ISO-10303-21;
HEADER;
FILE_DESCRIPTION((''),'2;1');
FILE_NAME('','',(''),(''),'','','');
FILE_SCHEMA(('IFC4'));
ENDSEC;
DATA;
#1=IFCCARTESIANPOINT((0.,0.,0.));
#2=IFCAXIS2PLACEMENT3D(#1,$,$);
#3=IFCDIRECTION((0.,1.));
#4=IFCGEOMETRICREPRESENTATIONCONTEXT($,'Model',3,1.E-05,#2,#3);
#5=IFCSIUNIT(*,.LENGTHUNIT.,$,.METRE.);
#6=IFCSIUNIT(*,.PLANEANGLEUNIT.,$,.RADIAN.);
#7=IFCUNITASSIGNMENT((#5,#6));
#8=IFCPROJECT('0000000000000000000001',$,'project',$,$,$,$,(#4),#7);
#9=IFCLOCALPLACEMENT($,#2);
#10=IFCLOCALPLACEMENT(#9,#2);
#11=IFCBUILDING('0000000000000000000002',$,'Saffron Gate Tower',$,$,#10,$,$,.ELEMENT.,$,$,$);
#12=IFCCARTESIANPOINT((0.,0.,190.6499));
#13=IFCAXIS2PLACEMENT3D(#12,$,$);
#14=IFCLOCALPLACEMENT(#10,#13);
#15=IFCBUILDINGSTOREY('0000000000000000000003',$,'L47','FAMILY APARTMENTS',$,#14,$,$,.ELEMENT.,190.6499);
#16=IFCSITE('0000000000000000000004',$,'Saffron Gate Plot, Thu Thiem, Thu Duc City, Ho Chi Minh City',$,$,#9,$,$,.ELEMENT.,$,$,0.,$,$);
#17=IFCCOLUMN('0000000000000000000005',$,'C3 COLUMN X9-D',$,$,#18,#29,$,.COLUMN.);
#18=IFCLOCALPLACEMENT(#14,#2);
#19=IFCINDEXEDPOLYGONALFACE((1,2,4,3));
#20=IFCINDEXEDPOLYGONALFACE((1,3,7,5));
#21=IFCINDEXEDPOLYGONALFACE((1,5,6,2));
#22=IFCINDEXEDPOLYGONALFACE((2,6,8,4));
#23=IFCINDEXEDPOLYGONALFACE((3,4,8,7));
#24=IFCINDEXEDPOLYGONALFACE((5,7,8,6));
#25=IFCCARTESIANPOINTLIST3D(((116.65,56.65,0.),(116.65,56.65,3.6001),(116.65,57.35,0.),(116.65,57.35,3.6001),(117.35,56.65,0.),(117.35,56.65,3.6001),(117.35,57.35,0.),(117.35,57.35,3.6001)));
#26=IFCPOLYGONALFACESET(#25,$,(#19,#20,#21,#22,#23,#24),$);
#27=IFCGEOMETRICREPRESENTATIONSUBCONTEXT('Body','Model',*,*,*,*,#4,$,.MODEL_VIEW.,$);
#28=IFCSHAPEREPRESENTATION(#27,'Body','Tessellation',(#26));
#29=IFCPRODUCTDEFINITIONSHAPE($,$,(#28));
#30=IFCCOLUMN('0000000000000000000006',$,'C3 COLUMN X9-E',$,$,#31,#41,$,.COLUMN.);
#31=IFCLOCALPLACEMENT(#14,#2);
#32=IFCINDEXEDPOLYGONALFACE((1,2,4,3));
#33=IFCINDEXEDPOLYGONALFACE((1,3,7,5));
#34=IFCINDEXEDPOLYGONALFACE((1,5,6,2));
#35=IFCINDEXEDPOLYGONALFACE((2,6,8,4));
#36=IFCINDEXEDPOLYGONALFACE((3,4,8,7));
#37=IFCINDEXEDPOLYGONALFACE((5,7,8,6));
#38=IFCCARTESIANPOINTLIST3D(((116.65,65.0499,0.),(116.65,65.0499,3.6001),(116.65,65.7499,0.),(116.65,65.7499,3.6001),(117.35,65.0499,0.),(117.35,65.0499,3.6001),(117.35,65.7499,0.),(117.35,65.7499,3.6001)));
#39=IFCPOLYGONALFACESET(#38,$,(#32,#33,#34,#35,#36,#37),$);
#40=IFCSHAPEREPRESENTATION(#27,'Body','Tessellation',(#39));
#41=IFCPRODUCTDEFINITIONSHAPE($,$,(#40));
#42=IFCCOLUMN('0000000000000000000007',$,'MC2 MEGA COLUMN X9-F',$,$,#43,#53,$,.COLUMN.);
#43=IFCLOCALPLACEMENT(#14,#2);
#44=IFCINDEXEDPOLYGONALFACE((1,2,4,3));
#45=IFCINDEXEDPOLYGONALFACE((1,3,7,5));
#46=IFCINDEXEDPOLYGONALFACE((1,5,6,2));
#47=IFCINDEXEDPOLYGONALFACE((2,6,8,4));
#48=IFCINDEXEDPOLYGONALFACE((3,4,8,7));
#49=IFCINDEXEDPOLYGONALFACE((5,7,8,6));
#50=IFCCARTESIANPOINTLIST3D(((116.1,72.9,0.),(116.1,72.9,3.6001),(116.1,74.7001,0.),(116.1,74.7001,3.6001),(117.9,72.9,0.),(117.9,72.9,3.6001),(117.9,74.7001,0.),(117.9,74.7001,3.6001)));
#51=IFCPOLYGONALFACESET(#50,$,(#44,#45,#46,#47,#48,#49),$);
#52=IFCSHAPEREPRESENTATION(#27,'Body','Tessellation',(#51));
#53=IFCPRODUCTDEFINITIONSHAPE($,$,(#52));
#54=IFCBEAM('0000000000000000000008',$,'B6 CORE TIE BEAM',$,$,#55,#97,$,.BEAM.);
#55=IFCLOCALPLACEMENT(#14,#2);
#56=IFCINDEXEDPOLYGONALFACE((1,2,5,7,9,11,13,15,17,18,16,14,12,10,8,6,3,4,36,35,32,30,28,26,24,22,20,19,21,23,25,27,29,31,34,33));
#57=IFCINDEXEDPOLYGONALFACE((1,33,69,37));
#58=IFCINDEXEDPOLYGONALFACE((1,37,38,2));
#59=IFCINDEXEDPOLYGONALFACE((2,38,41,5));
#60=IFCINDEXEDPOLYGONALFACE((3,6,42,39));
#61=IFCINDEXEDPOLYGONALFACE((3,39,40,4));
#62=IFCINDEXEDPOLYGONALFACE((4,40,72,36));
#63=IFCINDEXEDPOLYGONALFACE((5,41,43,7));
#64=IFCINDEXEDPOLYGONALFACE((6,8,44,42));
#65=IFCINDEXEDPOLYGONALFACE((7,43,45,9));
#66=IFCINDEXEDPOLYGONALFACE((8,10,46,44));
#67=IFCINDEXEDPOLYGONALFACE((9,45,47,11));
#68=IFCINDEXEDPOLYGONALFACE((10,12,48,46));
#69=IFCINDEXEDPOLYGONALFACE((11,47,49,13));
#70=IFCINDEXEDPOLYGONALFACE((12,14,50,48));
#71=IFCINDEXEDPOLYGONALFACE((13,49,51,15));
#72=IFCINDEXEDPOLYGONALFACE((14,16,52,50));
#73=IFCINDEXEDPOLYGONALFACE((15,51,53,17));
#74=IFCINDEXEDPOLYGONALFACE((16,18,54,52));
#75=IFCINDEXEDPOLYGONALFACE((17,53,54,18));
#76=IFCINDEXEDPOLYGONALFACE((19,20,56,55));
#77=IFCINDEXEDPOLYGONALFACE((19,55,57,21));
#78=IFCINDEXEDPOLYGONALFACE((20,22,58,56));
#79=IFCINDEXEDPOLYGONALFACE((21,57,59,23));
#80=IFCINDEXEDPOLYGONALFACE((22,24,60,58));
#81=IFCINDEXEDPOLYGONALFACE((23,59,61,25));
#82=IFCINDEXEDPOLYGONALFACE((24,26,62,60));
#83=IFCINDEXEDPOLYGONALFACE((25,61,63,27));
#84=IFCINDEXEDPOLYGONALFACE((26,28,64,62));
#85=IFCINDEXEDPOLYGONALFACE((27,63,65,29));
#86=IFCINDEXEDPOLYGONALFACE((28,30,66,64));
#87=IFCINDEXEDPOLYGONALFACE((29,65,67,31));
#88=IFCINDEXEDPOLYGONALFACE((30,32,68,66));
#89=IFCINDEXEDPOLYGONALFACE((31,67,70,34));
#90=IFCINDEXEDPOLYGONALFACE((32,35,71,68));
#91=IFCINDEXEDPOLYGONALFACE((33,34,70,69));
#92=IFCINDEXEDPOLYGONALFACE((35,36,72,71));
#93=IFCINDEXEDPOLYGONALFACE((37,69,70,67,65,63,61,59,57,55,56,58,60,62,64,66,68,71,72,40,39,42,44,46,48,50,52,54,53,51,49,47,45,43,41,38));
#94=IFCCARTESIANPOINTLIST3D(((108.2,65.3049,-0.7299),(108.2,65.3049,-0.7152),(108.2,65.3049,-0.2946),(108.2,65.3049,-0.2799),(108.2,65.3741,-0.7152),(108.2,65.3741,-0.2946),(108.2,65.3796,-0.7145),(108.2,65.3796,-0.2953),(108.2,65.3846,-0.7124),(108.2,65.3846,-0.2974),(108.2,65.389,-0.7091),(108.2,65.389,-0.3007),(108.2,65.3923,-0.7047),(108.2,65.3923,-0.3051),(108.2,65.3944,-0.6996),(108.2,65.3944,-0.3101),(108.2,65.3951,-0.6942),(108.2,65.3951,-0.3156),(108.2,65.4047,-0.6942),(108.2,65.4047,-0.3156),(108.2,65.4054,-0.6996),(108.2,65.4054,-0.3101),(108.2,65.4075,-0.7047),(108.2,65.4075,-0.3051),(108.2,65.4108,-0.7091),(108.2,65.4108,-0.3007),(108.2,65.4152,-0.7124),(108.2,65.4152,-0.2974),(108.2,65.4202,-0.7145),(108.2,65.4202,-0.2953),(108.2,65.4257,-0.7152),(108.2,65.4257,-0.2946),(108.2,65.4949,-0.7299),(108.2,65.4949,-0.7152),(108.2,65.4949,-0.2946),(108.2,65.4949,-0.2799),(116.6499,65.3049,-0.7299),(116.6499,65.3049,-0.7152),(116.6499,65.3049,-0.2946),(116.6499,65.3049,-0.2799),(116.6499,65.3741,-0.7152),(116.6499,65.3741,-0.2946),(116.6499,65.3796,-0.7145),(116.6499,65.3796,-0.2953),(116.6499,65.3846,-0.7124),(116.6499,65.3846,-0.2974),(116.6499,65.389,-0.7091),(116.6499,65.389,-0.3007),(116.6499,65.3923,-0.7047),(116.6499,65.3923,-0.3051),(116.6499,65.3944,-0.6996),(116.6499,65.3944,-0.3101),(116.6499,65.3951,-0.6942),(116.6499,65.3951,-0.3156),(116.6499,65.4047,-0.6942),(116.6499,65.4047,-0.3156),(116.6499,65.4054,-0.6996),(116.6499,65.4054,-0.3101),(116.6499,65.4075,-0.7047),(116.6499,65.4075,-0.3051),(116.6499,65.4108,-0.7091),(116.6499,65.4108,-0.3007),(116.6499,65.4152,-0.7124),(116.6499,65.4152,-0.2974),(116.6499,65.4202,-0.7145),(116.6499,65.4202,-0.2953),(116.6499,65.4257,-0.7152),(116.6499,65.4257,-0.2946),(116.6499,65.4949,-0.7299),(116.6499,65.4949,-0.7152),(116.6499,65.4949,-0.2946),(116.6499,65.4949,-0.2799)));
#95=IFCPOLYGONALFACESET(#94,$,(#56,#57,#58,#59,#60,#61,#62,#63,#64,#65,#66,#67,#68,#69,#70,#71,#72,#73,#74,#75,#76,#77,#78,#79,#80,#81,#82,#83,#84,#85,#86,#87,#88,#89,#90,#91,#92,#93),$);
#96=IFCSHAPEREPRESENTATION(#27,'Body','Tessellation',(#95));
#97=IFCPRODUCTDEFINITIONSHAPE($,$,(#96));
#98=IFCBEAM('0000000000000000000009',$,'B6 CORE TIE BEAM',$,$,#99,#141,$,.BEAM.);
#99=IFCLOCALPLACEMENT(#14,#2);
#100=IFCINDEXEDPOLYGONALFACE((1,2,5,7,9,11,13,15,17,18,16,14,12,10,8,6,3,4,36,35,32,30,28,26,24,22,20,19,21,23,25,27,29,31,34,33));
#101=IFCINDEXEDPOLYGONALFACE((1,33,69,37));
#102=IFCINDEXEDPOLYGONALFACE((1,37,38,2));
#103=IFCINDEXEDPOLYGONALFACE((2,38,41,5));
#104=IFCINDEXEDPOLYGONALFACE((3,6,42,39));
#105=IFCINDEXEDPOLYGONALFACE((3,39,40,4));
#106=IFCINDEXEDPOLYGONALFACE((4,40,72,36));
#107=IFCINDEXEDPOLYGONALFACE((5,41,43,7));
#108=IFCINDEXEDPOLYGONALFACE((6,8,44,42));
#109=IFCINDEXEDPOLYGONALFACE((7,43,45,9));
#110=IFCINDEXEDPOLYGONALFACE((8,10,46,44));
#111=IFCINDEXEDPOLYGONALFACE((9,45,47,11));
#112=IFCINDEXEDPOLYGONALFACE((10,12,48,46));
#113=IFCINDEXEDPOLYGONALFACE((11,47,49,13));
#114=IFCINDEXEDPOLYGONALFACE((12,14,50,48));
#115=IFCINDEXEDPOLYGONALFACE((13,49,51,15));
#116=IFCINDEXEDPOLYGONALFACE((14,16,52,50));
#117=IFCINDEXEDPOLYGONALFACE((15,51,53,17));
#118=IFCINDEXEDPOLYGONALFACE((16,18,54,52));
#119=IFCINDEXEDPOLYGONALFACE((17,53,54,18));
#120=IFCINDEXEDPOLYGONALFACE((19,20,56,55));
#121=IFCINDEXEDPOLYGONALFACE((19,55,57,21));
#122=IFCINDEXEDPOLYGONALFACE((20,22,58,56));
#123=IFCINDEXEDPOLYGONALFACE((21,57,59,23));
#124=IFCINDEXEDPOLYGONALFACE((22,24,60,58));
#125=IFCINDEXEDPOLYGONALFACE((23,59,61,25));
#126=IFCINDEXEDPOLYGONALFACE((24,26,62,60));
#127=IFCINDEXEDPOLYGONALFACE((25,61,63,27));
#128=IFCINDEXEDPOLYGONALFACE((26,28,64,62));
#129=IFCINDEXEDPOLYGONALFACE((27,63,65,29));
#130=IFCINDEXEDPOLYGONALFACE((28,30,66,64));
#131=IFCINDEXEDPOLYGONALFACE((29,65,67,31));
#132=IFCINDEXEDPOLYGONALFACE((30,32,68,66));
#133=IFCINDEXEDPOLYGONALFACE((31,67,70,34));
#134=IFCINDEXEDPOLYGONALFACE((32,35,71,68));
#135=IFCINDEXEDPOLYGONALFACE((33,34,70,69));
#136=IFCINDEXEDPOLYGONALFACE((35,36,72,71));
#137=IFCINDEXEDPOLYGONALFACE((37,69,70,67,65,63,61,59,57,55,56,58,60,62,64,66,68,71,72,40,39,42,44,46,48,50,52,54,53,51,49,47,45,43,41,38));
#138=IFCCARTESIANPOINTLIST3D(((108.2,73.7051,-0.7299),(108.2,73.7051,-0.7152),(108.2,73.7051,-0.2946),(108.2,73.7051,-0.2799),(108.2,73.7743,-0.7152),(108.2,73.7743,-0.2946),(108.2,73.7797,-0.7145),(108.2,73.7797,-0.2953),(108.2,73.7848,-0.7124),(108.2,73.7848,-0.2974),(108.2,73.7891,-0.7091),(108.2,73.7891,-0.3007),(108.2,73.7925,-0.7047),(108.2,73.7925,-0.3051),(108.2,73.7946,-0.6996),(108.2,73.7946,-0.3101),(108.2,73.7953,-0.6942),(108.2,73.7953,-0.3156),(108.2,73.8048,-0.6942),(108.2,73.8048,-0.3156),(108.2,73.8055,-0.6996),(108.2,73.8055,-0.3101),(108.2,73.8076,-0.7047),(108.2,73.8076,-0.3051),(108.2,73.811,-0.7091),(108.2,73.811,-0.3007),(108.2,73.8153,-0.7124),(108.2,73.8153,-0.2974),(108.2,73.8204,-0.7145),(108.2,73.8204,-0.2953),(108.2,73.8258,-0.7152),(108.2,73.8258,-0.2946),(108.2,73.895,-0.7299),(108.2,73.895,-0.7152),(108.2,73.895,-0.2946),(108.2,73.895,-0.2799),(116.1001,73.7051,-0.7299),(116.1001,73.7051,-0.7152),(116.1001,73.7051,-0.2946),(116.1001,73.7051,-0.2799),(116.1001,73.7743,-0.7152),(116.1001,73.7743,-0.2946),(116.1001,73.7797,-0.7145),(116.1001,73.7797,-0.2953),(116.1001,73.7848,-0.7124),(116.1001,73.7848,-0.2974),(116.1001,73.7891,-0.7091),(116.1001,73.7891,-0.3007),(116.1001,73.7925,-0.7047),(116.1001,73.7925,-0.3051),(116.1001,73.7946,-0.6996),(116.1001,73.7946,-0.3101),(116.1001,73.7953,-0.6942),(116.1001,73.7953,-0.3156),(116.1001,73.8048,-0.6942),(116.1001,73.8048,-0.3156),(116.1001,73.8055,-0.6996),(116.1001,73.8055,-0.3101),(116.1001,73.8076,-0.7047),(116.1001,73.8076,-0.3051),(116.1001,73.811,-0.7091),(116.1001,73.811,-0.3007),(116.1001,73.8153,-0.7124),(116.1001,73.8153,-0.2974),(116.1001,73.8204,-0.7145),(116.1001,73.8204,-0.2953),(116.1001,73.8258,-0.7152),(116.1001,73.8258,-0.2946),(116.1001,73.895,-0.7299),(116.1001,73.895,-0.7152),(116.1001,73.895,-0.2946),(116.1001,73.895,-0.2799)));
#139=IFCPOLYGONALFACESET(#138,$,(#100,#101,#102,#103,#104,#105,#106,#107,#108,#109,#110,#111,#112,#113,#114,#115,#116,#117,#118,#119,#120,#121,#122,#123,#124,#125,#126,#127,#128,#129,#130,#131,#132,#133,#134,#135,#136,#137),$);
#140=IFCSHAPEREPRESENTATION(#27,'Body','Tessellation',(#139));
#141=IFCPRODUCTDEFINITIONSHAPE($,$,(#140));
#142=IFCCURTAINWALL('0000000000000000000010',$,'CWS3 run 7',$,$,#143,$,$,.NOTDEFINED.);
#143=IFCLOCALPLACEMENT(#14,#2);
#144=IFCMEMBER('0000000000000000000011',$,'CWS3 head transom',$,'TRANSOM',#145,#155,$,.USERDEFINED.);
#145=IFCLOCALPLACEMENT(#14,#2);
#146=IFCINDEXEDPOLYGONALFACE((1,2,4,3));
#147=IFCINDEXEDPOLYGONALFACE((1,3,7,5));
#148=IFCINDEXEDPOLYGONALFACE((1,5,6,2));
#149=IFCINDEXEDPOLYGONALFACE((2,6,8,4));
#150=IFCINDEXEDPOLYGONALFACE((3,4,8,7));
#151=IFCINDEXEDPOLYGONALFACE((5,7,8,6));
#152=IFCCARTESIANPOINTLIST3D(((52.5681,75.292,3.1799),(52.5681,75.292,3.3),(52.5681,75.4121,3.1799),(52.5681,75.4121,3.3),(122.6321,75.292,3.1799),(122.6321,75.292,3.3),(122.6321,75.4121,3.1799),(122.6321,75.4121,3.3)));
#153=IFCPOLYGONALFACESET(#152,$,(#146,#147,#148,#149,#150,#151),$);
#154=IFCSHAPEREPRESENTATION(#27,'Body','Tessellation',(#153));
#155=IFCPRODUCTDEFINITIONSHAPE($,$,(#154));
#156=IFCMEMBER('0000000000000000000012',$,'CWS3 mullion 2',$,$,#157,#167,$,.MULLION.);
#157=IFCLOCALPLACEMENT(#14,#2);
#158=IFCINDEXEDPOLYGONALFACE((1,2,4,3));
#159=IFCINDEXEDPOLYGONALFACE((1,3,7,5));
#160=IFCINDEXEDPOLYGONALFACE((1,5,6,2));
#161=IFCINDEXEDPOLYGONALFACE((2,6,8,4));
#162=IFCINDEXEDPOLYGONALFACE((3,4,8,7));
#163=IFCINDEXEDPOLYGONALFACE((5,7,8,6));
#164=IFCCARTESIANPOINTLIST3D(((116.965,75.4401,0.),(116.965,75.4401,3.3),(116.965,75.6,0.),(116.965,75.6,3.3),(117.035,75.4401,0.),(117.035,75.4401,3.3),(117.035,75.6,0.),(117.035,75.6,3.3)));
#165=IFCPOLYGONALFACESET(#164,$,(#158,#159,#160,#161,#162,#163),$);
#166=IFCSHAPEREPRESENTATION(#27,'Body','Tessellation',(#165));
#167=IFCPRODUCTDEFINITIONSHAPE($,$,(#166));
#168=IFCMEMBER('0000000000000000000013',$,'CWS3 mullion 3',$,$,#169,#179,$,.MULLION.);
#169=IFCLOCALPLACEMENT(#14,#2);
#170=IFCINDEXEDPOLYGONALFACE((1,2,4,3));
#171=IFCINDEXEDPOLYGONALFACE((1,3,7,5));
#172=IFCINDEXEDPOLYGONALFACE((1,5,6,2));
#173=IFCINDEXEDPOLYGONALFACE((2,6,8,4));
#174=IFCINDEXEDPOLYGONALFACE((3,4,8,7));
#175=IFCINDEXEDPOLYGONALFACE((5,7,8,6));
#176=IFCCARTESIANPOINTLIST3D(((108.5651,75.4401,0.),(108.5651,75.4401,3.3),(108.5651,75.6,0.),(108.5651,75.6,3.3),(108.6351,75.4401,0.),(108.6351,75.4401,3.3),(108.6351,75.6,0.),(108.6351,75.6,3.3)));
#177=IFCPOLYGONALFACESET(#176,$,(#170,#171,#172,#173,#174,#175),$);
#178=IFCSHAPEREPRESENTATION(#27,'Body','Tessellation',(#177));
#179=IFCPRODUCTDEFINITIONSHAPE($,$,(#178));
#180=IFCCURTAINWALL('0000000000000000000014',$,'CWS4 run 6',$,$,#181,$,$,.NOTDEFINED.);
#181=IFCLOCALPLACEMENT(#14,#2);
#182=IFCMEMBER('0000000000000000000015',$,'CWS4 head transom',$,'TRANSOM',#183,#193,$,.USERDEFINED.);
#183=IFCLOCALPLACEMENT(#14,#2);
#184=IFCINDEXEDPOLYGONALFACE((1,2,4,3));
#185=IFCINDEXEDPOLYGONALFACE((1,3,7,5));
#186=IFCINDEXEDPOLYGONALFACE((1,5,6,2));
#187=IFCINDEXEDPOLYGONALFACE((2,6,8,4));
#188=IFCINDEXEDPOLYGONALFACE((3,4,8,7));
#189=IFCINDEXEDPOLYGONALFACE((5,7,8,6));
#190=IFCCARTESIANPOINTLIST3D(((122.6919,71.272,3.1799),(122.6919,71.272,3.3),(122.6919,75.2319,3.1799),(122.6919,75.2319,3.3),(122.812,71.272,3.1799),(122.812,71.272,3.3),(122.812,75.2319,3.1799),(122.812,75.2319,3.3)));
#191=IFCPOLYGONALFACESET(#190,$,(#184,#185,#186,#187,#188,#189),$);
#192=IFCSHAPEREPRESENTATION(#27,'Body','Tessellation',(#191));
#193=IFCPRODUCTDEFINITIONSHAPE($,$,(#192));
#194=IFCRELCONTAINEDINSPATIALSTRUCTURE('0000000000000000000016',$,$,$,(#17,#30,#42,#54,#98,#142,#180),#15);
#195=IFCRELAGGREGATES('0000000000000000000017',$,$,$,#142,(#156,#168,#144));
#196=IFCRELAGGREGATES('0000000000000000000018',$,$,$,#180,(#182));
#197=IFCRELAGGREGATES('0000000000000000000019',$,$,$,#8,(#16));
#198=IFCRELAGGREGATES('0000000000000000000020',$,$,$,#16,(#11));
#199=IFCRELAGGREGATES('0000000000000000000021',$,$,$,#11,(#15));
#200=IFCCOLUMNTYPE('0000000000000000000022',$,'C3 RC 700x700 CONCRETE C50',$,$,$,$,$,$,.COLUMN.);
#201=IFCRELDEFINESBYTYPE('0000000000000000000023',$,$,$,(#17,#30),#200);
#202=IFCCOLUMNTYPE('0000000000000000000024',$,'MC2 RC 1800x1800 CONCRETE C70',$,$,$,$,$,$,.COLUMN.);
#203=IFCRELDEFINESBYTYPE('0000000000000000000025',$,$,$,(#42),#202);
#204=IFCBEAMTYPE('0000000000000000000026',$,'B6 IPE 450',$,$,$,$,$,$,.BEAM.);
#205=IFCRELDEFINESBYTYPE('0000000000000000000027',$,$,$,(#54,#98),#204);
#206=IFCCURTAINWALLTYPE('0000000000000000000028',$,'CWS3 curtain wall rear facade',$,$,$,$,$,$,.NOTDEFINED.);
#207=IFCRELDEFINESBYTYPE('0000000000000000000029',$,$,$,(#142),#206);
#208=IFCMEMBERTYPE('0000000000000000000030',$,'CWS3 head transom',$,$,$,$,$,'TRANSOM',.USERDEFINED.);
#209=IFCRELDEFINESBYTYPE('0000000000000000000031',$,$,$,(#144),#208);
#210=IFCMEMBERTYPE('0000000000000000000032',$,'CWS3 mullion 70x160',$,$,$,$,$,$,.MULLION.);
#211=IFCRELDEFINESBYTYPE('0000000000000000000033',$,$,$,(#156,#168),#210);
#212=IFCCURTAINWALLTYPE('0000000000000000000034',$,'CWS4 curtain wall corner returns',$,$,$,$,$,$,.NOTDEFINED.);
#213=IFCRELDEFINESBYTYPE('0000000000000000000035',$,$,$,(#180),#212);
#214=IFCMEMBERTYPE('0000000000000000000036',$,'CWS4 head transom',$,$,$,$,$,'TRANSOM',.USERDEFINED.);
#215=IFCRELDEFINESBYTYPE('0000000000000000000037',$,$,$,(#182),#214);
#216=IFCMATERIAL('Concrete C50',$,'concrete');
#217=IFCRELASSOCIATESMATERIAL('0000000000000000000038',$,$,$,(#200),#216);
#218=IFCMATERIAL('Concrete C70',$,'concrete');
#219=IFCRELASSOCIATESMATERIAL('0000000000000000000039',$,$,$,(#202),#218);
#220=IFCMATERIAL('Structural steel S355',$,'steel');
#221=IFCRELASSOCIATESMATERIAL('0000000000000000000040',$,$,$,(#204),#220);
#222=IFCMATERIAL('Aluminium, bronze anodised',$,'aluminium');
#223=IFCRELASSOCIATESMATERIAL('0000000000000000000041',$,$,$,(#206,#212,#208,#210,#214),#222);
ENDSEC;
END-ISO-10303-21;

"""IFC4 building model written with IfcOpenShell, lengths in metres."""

from ifc_helpers import new_model, si_unit, direction, frame, origin, origin_2d, place, context, subcontext, project, spatial, rectangle, i_section, extrude, material, material_profile, profile_set, type_object, element, aggregate, save


model = new_model("IFC4")

# Units and contexts
model_context = context("Model", 3, precision=1e-05, world=origin(), true_north=direction((0.0, 1.0)))
body_context = subcontext(model_context, "Body", "Model", "MODEL_VIEW")
ifc_project = project(units=[si_unit("LENGTHUNIT", "METRE"), si_unit("PLANEANGLEUNIT", "RADIAN")], contexts=[model_context])

# Site, building, storey
site_placement = place(None, origin())
site = spatial("IfcSite", under=ifc_project, at=site_placement, Name="Saffron Gate Plot, Thu Thiem, Thu Duc City, Ho Chi Minh City", CompositionType="ELEMENT", RefElevation=0.0)
building_placement = place(site_placement, origin())
building = spatial("IfcBuilding", under=site, at=building_placement, Name="Saffron Gate Tower", CompositionType="ELEMENT")
storey_placement = place(building_placement, frame((0.0, 0.0, 190.6499)))
storey = spatial("IfcBuildingStorey", under=building, at=storey_placement, Name="L47", Description="FAMILY APARTMENTS", CompositionType="ELEMENT", Elevation=190.6499)

# Columns
ifc_material_1 = material(Name="Concrete C50", Category="concrete")
ifc_material_profile_1 = material_profile(ifc_material_1, rectangle(XDim=0.7, YDim=0.7, at=origin_2d()))
ifc_profile_set_1 = profile_set([ifc_material_profile_1], Name="Concrete C50")
column_type_1 = type_object("IfcColumnType", Name="C3 RC 700x700 CONCRETE C50", PredefinedType="COLUMN", material=ifc_profile_set_1)
for number, where, z_axis, x_axis, name in (
    (1, (117.0, 57.0, 0.0), (0.0, 0.0, 1.0), (1.0, 0.0, 0.0), "C3 COLUMN X9-D"),
    (2, (117.0, 65.3999, 0.0), (0.0, 0.0, 1.0), (1.0, 0.0, 0.0), "C3 COLUMN X9-E"),
):
    element("IfcColumn", number, at=place(storey_placement, frame(where, z_axis=z_axis, x_axis=x_axis)), inside=storey, type_object=column_type_1, Name=name, PredefinedType="COLUMN", context=body_context, shape_type="SweptSolid", body=[
        extrude(rectangle(XDim=0.7, YDim=0.7, at=origin_2d()), origin(), (0.0, 0.0, 1.0), 3.6001),
    ])
ifc_material_2 = material(Name="Concrete C70", Category="concrete")
ifc_material_profile_2 = material_profile(ifc_material_2, rectangle(XDim=1.8, YDim=1.8, at=origin_2d()))
ifc_profile_set_2 = profile_set([ifc_material_profile_2], Name="Concrete C70")
column_type_2 = type_object("IfcColumnType", Name="MC2 RC 1800x1800 CONCRETE C70", PredefinedType="COLUMN", material=ifc_profile_set_2)
column_placement = place(storey_placement, frame((117.0, 73.8, 0.0), z_axis=(0.0, 0.0, 1.0), x_axis=(1.0, 0.0, 0.0)))
element("IfcColumn", 3, at=column_placement, inside=storey, type_object=column_type_2, Name="MC2 MEGA COLUMN X9-F", PredefinedType="COLUMN", context=body_context, shape_type="SweptSolid", body=[
    extrude(rectangle(XDim=1.8, YDim=1.8, at=origin_2d()), origin(), (0.0, 0.0, 1.0), 3.6001),
])

# Beams
ifc_material_3 = material(Name="Structural steel S355", Category="steel")
ifc_material_profile_3 = material_profile(ifc_material_3, i_section(OverallWidth=0.1899, OverallDepth=0.45, WebThickness=0.0095, FlangeThickness=0.0146, FilletRadius=0.021, at=origin_2d()))
ifc_profile_set_3 = profile_set([ifc_material_profile_3], Name="Structural steel S355")
beam_type = type_object("IfcBeamType", Name="B6 IPE 450", PredefinedType="BEAM", material=ifc_profile_set_3)
beam_1_placement = place(storey_placement, frame((116.6499, 65.3999, -0.5049), z_axis=(-1.0, 0.0, 0.0), x_axis=(0.0, -1.0, 0.0)))
element("IfcBeam", 4, at=beam_1_placement, inside=storey, type_object=beam_type, Name="B6 CORE TIE BEAM", PredefinedType="BEAM", context=body_context, shape_type="SweptSolid", body=[
    extrude(i_section(OverallWidth=0.1899, OverallDepth=0.45, WebThickness=0.0095, FlangeThickness=0.0146, FilletRadius=0.021, at=origin_2d()), origin(), (0.0, 0.0, 1.0), 8.45),
])
beam_2_placement = place(storey_placement, frame((116.1001, 73.8, -0.5049), z_axis=(-1.0, 0.0, 0.0), x_axis=(0.0, -1.0, 0.0)))
element("IfcBeam", 5, at=beam_2_placement, inside=storey, type_object=beam_type, Name="B6 CORE TIE BEAM", PredefinedType="BEAM", context=body_context, shape_type="SweptSolid", body=[
    extrude(i_section(OverallWidth=0.1899, OverallDepth=0.45, WebThickness=0.0095, FlangeThickness=0.0146, FilletRadius=0.021, at=origin_2d()), origin(), (0.0, 0.0, 1.0), 7.9001),
])

# Curtain walls, members
ifc_material_4 = material(Name="Aluminium, bronze anodised", Category="aluminium")
curtain_wall_type_1 = type_object("IfcCurtainWallType", Name="CWS3 curtain wall rear facade", PredefinedType="NOTDEFINED", material=ifc_material_4)
curtain_wall_1_placement = place(storey_placement, origin())
curtain_wall_1 = element("IfcCurtainWall", 6, at=curtain_wall_1_placement, inside=storey, type_object=curtain_wall_type_1, Name="CWS3 run 7", PredefinedType="NOTDEFINED")
ifc_material_profile_4 = material_profile(ifc_material_4, rectangle(XDim=0.1201, YDim=0.1201, at=origin_2d()))
ifc_profile_set_4 = profile_set([ifc_material_profile_4], Name="Aluminium, bronze anodised")
member_type_1 = type_object("IfcMemberType", Name="CWS3 head transom", ElementType="TRANSOM", PredefinedType="USERDEFINED", material=ifc_profile_set_4)
member_1_placement = place(storey_placement, frame((122.6321, 75.3521, 3.24), z_axis=(-1.0, 0.0, 0.0), x_axis=(0.0, -1.0, 0.0)))
member_1 = element("IfcMember", 7, at=member_1_placement, type_object=member_type_1, Name="CWS3 head transom", ObjectType="TRANSOM", PredefinedType="USERDEFINED", context=body_context, shape_type="SweptSolid", body=[
    extrude(rectangle(XDim=0.1201, YDim=0.1201, at=origin_2d()), origin(), (0.0, 0.0, 1.0), 70.064),
])
ifc_material_profile_5 = material_profile(ifc_material_4, rectangle(XDim=0.1599, YDim=0.0701, at=origin_2d()))
ifc_profile_set_5 = profile_set([ifc_material_profile_5], Name="Aluminium, bronze anodised")
member_type_2 = type_object("IfcMemberType", Name="CWS3 mullion 70x160", PredefinedType="MULLION", material=ifc_profile_set_5)
member_2_placement = place(storey_placement, frame((117.0, 75.52, 0.0), z_axis=(0.0, 0.0, 1.0), x_axis=(0.0, -1.0, 0.0)))
member_2 = element("IfcMember", 8, at=member_2_placement, type_object=member_type_2, Name="CWS3 mullion 2", PredefinedType="MULLION", context=body_context, shape_type="SweptSolid", body=[
    extrude(rectangle(XDim=0.1599, YDim=0.0701, at=origin_2d()), origin(), (0.0, 0.0, 1.0), 3.3),
])
member_3_placement = place(storey_placement, frame((108.6001, 75.52, 0.0), z_axis=(0.0, 0.0, 1.0), x_axis=(0.0, -1.0, 0.0)))
member_3 = element("IfcMember", 9, at=member_3_placement, type_object=member_type_2, Name="CWS3 mullion 3", PredefinedType="MULLION", context=body_context, shape_type="SweptSolid", body=[
    extrude(rectangle(XDim=0.1599, YDim=0.0701, at=origin_2d()), origin(), (0.0, 0.0, 1.0), 3.3),
])
curtain_wall_type_2 = type_object("IfcCurtainWallType", Name="CWS4 curtain wall corner returns", PredefinedType="NOTDEFINED", material=ifc_material_4)
curtain_wall_2_placement = place(storey_placement, origin())
curtain_wall_2 = element("IfcCurtainWall", 10, at=curtain_wall_2_placement, inside=storey, type_object=curtain_wall_type_2, Name="CWS4 run 6", PredefinedType="NOTDEFINED")
ifc_material_profile_6 = material_profile(ifc_material_4, rectangle(XDim=0.1201, YDim=0.1201, at=origin_2d()))
ifc_profile_set_6 = profile_set([ifc_material_profile_6], Name="Aluminium, bronze anodised")
member_type_3 = type_object("IfcMemberType", Name="CWS4 head transom", ElementType="TRANSOM", PredefinedType="USERDEFINED", material=ifc_profile_set_6)
member_4_placement = place(storey_placement, frame((122.752, 71.272, 3.24), z_axis=(0.0, 1.0, 0.0), x_axis=(-1.0, 0.0, 0.0)))
member_4 = element("IfcMember", 11, at=member_4_placement, type_object=member_type_3, Name="CWS4 head transom", ObjectType="TRANSOM", PredefinedType="USERDEFINED", context=body_context, shape_type="SweptSolid", body=[
    extrude(rectangle(XDim=0.1201, YDim=0.1201, at=origin_2d()), origin(), (0.0, 0.0, 1.0), 3.96),
])

aggregate(curtain_wall_1, [member_2, member_3, member_1])

aggregate(curtain_wall_2, [member_4])

save(model, "model.ifc")
